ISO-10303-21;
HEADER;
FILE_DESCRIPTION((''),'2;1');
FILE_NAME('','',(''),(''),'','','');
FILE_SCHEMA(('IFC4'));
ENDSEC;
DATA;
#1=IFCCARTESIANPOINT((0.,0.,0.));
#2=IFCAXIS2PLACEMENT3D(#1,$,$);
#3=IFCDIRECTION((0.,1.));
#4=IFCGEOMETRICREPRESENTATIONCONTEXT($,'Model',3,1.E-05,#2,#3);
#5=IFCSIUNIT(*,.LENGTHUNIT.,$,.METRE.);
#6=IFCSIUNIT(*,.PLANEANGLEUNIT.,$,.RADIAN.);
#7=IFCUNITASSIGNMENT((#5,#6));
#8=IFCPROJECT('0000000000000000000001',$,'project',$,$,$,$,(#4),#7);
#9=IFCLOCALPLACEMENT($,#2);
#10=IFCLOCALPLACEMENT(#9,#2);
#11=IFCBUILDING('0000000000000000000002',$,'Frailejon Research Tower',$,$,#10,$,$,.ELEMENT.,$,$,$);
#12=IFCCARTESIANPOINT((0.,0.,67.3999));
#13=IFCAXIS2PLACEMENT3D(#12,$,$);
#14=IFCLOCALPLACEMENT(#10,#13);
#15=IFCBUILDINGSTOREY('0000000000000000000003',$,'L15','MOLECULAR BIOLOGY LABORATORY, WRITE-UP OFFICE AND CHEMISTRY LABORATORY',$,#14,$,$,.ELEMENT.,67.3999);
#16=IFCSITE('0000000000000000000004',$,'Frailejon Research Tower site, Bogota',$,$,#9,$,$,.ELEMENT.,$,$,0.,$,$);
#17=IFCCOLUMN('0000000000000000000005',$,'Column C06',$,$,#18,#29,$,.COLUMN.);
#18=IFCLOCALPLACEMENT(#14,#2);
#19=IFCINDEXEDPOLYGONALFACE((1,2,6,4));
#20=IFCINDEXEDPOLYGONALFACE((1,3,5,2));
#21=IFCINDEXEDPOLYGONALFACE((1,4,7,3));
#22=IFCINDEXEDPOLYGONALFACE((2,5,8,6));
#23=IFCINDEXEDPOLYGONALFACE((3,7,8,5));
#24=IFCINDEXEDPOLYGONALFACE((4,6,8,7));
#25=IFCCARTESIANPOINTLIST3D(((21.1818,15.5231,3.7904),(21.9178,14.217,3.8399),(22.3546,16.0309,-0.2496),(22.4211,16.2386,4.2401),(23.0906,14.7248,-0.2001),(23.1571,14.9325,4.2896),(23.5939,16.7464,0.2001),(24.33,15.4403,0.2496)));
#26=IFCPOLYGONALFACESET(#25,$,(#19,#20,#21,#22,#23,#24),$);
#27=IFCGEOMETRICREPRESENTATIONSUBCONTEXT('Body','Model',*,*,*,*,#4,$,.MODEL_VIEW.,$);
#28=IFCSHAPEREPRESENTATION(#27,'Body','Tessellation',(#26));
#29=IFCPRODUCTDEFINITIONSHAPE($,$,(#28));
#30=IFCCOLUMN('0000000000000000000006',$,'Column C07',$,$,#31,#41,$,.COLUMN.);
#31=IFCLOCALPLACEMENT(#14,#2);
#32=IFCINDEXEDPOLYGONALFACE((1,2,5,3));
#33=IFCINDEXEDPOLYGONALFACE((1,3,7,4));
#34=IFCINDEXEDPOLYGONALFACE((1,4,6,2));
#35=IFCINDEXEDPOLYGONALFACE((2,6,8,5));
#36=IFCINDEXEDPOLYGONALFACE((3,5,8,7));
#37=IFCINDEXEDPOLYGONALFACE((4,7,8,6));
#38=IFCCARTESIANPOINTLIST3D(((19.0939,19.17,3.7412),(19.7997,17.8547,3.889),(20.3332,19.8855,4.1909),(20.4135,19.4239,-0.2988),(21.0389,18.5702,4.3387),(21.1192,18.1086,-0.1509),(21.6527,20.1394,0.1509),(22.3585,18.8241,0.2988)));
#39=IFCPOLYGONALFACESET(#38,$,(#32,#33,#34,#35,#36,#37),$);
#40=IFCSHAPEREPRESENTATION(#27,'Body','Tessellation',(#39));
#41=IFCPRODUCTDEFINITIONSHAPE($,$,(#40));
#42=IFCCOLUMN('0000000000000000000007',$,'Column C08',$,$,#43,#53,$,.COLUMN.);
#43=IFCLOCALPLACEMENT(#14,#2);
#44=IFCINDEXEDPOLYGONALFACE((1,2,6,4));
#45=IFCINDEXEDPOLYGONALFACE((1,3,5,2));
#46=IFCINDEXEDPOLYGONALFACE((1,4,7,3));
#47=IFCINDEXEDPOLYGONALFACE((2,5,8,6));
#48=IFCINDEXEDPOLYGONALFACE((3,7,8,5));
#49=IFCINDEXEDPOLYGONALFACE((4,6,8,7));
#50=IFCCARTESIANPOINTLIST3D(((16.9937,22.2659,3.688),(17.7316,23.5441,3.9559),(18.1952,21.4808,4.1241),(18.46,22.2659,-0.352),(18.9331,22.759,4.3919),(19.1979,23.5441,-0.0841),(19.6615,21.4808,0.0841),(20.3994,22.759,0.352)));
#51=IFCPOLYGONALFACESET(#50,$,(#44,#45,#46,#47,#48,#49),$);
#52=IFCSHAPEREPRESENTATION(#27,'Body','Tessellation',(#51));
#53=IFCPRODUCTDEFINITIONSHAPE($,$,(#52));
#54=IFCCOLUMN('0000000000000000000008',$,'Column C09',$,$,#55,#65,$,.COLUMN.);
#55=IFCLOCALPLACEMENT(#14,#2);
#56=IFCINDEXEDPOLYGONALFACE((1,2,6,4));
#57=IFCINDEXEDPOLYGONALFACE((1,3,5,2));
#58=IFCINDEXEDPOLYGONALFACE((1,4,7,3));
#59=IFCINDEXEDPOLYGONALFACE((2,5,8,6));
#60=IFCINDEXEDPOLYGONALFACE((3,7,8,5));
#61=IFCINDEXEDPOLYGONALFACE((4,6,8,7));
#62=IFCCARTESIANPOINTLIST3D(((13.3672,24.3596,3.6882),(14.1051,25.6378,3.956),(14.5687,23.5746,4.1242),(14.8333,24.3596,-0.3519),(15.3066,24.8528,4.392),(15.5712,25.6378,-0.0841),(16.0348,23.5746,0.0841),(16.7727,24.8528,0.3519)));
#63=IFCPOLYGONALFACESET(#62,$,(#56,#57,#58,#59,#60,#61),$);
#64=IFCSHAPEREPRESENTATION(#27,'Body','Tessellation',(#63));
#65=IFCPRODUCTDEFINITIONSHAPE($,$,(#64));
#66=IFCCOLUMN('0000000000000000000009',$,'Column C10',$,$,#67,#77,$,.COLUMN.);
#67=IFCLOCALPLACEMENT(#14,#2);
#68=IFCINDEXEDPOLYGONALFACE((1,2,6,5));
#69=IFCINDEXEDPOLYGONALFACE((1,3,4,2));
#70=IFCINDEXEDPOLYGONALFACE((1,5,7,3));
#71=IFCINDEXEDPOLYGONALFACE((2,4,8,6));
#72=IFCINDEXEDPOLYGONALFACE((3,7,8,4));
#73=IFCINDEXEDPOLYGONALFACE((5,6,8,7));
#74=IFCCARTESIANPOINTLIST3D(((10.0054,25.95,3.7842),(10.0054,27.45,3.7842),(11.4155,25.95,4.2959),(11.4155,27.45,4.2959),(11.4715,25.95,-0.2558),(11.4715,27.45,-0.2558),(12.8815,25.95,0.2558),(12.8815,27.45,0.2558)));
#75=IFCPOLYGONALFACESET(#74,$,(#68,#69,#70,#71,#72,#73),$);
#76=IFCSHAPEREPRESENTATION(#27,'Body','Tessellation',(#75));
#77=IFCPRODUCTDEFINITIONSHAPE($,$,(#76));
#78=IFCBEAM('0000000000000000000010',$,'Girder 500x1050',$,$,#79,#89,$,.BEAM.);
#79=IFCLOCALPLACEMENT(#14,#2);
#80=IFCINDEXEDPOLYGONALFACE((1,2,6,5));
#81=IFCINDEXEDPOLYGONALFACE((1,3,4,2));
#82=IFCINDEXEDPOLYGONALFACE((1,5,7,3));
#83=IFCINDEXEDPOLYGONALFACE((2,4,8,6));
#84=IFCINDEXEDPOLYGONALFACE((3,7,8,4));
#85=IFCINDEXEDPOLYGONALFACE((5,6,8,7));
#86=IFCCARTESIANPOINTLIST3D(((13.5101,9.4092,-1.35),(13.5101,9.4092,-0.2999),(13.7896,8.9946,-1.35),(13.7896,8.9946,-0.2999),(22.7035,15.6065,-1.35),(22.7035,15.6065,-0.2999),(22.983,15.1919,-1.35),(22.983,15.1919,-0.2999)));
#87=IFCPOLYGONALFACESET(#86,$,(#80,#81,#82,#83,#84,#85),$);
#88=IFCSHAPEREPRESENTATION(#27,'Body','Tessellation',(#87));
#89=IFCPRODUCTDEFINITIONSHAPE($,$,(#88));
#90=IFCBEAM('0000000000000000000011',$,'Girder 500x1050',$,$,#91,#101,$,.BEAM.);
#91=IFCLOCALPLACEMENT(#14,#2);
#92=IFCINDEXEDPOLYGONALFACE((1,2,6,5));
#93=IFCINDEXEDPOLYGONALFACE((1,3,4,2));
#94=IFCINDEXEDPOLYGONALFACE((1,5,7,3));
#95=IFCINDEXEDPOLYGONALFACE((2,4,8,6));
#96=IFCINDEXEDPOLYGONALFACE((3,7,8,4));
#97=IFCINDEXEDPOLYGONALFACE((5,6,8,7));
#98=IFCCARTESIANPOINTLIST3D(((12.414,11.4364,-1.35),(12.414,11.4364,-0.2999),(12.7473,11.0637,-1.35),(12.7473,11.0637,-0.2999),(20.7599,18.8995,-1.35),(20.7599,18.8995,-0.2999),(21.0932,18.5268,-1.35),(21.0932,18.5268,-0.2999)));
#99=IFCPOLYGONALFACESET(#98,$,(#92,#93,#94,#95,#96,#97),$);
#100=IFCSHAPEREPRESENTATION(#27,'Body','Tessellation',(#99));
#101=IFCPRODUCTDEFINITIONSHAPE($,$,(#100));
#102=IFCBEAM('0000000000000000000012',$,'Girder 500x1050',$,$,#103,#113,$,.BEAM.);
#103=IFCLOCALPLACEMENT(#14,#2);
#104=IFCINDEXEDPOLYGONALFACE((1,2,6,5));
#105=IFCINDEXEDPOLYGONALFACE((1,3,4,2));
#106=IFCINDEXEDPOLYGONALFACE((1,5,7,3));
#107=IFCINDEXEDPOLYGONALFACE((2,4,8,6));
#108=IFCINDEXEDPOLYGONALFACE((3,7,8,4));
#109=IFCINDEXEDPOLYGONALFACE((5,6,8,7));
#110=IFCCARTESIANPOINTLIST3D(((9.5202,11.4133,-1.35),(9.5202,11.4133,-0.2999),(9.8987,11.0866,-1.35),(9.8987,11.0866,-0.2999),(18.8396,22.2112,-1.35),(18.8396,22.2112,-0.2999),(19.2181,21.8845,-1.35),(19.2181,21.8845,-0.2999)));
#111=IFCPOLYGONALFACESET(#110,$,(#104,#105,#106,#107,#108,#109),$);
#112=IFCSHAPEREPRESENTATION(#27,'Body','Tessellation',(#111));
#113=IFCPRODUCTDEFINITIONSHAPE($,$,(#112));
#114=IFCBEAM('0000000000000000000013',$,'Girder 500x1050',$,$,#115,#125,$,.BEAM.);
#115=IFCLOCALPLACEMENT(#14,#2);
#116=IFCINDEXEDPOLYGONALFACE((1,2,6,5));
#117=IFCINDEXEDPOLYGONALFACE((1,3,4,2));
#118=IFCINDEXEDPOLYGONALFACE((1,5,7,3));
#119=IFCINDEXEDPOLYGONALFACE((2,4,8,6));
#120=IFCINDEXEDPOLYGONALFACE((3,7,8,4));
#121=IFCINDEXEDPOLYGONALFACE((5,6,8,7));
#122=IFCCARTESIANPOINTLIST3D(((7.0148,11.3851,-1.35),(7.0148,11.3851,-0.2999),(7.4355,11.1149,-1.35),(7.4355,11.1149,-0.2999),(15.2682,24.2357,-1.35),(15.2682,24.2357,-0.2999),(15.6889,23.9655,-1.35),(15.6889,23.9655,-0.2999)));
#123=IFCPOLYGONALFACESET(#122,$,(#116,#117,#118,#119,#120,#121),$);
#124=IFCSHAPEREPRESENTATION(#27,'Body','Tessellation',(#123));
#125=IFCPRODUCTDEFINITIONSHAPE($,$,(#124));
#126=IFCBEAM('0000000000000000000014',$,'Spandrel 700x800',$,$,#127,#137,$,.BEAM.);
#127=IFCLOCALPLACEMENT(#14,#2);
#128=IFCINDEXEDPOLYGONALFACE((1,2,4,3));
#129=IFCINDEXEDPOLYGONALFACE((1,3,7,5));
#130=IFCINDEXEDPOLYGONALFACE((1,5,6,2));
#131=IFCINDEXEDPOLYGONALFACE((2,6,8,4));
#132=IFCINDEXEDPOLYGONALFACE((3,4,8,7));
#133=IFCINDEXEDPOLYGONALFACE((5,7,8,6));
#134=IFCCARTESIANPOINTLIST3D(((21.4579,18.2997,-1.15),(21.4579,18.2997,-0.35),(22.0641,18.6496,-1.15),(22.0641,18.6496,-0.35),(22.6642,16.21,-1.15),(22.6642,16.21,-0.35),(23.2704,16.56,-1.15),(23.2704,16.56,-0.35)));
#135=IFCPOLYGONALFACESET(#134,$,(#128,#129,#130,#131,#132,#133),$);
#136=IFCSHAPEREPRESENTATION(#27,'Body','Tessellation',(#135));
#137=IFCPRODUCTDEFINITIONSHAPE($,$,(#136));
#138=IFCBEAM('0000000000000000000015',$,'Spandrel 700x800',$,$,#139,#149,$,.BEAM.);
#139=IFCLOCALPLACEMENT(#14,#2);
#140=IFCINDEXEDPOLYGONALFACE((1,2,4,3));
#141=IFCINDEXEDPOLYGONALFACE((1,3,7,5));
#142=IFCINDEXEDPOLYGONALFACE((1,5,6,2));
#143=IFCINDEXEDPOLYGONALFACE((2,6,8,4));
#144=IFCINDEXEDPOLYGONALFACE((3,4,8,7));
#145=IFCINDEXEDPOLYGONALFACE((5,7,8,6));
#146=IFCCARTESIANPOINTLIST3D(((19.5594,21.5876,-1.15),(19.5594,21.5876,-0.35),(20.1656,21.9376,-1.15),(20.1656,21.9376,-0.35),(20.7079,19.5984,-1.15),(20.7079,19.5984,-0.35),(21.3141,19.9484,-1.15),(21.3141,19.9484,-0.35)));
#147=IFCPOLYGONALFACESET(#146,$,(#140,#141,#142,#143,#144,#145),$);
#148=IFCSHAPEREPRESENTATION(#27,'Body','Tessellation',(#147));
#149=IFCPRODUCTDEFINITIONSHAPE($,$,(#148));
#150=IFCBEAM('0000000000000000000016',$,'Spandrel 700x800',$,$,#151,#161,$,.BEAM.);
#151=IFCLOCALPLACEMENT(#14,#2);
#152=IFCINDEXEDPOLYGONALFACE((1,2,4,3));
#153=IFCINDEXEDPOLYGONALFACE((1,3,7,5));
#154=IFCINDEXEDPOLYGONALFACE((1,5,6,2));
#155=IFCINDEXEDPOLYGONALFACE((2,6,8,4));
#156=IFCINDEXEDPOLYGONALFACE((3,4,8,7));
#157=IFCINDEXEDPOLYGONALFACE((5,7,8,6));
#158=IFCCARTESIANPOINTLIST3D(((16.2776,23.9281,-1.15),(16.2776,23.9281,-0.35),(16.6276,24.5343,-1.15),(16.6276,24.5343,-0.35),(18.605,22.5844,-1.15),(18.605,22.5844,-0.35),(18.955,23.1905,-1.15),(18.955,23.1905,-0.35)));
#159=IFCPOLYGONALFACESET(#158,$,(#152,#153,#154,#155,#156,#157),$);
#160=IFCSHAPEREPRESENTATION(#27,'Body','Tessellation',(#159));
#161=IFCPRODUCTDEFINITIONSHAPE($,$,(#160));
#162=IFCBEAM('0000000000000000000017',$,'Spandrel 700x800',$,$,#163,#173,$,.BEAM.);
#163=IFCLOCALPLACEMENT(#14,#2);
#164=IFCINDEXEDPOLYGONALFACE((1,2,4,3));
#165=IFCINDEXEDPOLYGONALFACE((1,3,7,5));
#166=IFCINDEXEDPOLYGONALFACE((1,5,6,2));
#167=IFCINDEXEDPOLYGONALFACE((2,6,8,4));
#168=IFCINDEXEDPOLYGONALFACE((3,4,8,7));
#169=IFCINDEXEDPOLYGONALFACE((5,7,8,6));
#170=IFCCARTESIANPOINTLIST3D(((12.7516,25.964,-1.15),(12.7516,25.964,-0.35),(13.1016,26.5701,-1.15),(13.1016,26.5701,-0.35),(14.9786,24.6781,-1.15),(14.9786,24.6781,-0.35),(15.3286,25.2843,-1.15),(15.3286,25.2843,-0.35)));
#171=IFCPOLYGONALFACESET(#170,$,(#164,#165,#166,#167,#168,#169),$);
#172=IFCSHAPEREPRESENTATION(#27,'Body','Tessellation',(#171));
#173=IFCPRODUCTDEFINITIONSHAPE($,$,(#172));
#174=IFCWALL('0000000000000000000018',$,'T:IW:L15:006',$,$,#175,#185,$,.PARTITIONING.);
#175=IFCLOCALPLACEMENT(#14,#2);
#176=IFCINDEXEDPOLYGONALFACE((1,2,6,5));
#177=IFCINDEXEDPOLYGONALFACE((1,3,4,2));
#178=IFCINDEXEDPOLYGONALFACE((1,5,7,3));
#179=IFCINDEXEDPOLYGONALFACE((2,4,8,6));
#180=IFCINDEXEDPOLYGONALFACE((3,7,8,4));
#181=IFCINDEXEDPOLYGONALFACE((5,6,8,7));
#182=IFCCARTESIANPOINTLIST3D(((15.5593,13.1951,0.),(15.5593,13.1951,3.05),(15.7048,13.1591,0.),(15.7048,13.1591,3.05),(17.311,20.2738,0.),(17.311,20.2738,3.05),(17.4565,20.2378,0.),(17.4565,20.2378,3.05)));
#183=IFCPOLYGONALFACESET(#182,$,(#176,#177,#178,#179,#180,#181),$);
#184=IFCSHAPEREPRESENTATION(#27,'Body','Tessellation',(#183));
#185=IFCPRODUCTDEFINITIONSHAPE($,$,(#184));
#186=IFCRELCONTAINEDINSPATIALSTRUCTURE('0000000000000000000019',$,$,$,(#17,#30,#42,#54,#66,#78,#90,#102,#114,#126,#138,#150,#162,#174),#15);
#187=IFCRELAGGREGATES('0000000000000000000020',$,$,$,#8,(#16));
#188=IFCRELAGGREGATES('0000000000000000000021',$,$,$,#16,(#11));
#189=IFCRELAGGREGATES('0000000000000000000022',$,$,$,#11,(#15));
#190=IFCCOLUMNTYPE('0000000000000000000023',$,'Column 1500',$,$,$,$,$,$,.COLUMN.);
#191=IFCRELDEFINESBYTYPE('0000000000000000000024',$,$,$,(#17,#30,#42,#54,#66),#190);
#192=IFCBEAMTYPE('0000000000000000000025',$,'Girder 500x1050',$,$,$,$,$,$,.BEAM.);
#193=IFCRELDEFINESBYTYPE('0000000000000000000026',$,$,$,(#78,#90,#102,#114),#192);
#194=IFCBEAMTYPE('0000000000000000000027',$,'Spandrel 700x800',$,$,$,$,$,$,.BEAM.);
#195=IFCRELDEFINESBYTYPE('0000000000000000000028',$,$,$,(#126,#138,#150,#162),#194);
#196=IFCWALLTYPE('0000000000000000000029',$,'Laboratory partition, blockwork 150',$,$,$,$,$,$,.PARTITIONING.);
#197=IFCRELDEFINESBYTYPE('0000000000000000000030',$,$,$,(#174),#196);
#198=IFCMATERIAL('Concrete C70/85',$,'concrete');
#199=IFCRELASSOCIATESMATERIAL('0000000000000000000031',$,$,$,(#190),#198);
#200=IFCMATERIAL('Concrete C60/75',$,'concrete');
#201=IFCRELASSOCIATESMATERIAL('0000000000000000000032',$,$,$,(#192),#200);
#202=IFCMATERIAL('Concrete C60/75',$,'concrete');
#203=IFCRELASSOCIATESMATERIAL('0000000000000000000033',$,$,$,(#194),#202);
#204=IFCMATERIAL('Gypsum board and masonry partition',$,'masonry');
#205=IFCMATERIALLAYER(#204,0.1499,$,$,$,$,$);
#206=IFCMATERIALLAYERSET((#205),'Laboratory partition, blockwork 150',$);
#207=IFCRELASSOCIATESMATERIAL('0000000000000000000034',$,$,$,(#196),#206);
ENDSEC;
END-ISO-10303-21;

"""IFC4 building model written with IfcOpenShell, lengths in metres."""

from ifc_helpers import new_model, si_unit, direction, frame, frame_2d, origin, origin_2d, place, context, subcontext, project, spatial, rectangle, extrude, material, layer, layer_set, material_profile, profile_set, type_object, element, save


model = new_model("IFC4")

# Units and contexts
model_context = context("Model", 3, precision=1e-05, world=origin(), true_north=direction((0.0, 1.0)))
body_context = subcontext(model_context, "Body", "Model", "MODEL_VIEW")
ifc_project = project(units=[si_unit("LENGTHUNIT", "METRE"), si_unit("PLANEANGLEUNIT", "RADIAN")], contexts=[model_context])

# Site, building, storey
site_placement = place(None, origin())
site = spatial("IfcSite", under=ifc_project, at=site_placement, Name="Frailejon Research Tower site, Bogota", CompositionType="ELEMENT", RefElevation=0.0)
building_placement = place(site_placement, origin())
building = spatial("IfcBuilding", under=site, at=building_placement, Name="Frailejon Research Tower", CompositionType="ELEMENT")
storey_placement = place(building_placement, frame((0.0, 0.0, 67.3999)))
storey = spatial("IfcBuildingStorey", under=building, at=storey_placement, Name="L15", Description="MOLECULAR BIOLOGY LABORATORY, WRITE-UP OFFICE AND CHEMISTRY LABORATORY", CompositionType="ELEMENT", Elevation=67.3999)

# Columns
ifc_material_1 = material(Name="Concrete C70/85", Category="concrete")
ifc_material_profile_1 = material_profile(ifc_material_1, rectangle(XDim=1.5, YDim=1.5, at=origin_2d()), Name="Column 1500")
ifc_profile_set_1 = profile_set([ifc_material_profile_1], Name="Concrete C70/85")
column_type = type_object("IfcColumnType", Name="Column 1500", PredefinedType="COLUMN", material=ifc_profile_set_1)
column_1_placement = place(storey_placement, frame((23.3423, 15.7356, 0.0), z_axis=(-0.276787, -0.119841, 0.953429), x_axis=(-0.490682, 0.870713, -0.033004)))
element("IfcColumn", 1, at=column_1_placement, inside=storey, type_object=column_type, Name="Column C06", PredefinedType="COLUMN", context=body_context, shape_type="SweptSolid", body=[
    extrude(rectangle(XDim=1.5, YDim=1.5, at=origin_2d()), origin(), (0.0, 0.0, 1.0), 4.2373),
])
column_2_placement = place(storey_placement, frame((21.386, 19.124, 0.0), z_axis=(-0.309931, -0.059635, 0.948887), x_axis=(-0.470499, 0.876878, -0.098567)))
element("IfcColumn", 2, at=column_2_placement, inside=storey, type_object=column_type, Name="Column C07", PredefinedType="COLUMN", context=body_context, shape_type="SweptSolid", body=[
    extrude(rectangle(XDim=1.5, YDim=1.5, at=origin_2d()), origin(), (0.0, 0.0, 1.0), 4.2576),
])
for number, where, z_axis, x_axis, name in (
    (3, (19.4297, 22.5125, 0.0), (-0.341168, 0.0, 0.940002), (-0.800988, 0.523358, -0.290714), "Column C08"),
    (4, (15.803, 24.6062, 0.0), (-0.341118, 0.0, 0.94002), (-0.801003, 0.523358, -0.290671), "Column C09"),
    (5, (12.1765, 26.7, 0.0), (-0.341118, 0.0, 0.94002), (-0.94002, 0.0, -0.341118), "Column C10"),
):
    element("IfcColumn", number, at=place(storey_placement, frame(where, z_axis=z_axis, x_axis=x_axis)), inside=storey, type_object=column_type, Name=name, PredefinedType="COLUMN", context=body_context, shape_type="SweptSolid", body=[
        extrude(rectangle(XDim=1.5, YDim=1.5, at=origin_2d()), origin(), (0.0, 0.0, 1.0), 4.2979),
    ])

# Beams
ifc_material_2 = material(Name="Concrete C60/75", Category="concrete")
ifc_material_profile_2 = material_profile(ifc_material_2, rectangle(XDim=0.5, YDim=1.05, at=origin_2d()), Name="Girder 500x1050")
ifc_profile_set_2 = profile_set([ifc_material_profile_2], Name="Concrete C60/75")
beam_type_1 = type_object("IfcBeamType", Name="Girder 500x1050", PredefinedType="BEAM", material=ifc_profile_set_2)
beam_1_placement = place(storey_placement, frame((22.8433, 15.3992, -0.825), z_axis=(-0.829194, -0.558961, 0.0), x_axis=(0.558961, -0.829194, 0.0)))
element("IfcBeam", 6, at=beam_1_placement, inside=storey, type_object=beam_type_1, Name="Girder 500x1050", PredefinedType="BEAM", context=body_context, shape_type="SweptSolid", body=[
    extrude(rectangle(XDim=0.5, YDim=1.05, at=origin_2d()), origin(), (0.0, 0.0, 1.0), 11.0872),
])
beam_2_placement = place(storey_placement, frame((20.9265, 18.7131, -0.825), z_axis=(-0.745432, -0.666582, 0.0), x_axis=(0.666582, -0.745432, 0.0)))
element("IfcBeam", 7, at=beam_2_placement, inside=storey, type_object=beam_type_1, Name="Girder 500x1050", PredefinedType="BEAM", context=body_context, shape_type="SweptSolid", body=[
    extrude(rectangle(XDim=0.5, YDim=1.05, at=origin_2d()), origin(), (0.0, 0.0, 1.0), 11.196),
])
beam_3_placement = place(storey_placement, frame((19.0288, 22.0479, -0.825), z_axis=(-0.653376, -0.757034, 0.0), x_axis=(0.757034, -0.653376, 0.0)))
element("IfcBeam", 8, at=beam_3_placement, inside=storey, type_object=beam_type_1, Name="Girder 500x1050", PredefinedType="BEAM", context=body_context, shape_type="SweptSolid", body=[
    extrude(rectangle(XDim=0.5, YDim=1.05, at=origin_2d()), origin(), (0.0, 0.0, 1.0), 14.2634),
])
beam_4_placement = place(storey_placement, frame((15.4785, 24.1006, -0.825), z_axis=(-0.540402, -0.841407, 0.0), x_axis=(0.841407, -0.540402, 0.0)))
element("IfcBeam", 9, at=beam_4_placement, inside=storey, type_object=beam_type_1, Name="Girder 500x1050", PredefinedType="BEAM", context=body_context, shape_type="SweptSolid", body=[
    extrude(rectangle(XDim=0.5, YDim=1.05, at=origin_2d()), origin(), (0.0, 0.0, 1.0), 15.2727),
])
ifc_material_3 = material(Name="Concrete C60/75", Category="concrete")
ifc_material_profile_3 = material_profile(ifc_material_3, rectangle(XDim=0.7, YDim=0.8, at=origin_2d()), Name="Spandrel 700x800")
ifc_profile_set_3 = profile_set([ifc_material_profile_3], Name="Concrete C60/75")
beam_type_2 = type_object("IfcBeamType", Name="Spandrel 700x800", PredefinedType="BEAM", material=ifc_profile_set_3)
beam_5_placement = place(storey_placement, frame((22.9673, 16.385, -0.75), z_axis=(-0.499959, 0.866049, 0.0), x_axis=(-0.866049, -0.499959, 0.0)))
element("IfcBeam", 10, at=beam_5_placement, inside=storey, type_object=beam_type_2, Name="Spandrel 700x800", PredefinedType="BEAM", context=body_context, shape_type="SweptSolid", body=[
    extrude(rectangle(XDim=0.7, YDim=0.8, at=origin_2d()), origin(), (0.0, 0.0, 1.0), 2.4128),
])
beam_6_placement = place(storey_placement, frame((21.011, 19.7734, -0.75), z_axis=(-0.500026, 0.86601, 0.0), x_axis=(-0.86601, -0.500026, 0.0)))
element("IfcBeam", 11, at=beam_6_placement, inside=storey, type_object=beam_type_2, Name="Spandrel 700x800", PredefinedType="BEAM", context=body_context, shape_type="SweptSolid", body=[
    extrude(rectangle(XDim=0.7, YDim=0.8, at=origin_2d()), origin(), (0.0, 0.0, 1.0), 2.2969),
])
beam_7_placement = place(storey_placement, frame((18.78, 22.8875, -0.75), z_axis=(-0.866021, 0.500008, 0.0), x_axis=(-0.500008, -0.866021, 0.0)))
element("IfcBeam", 12, at=beam_7_placement, inside=storey, type_object=beam_type_2, Name="Spandrel 700x800", PredefinedType="BEAM", context=body_context, shape_type="SweptSolid", body=[
    extrude(rectangle(XDim=0.7, YDim=0.8, at=origin_2d()), origin(), (0.0, 0.0, 1.0), 2.6875),
])
beam_8_placement = place(storey_placement, frame((15.1536, 24.9812, -0.75), z_axis=(-0.866009, 0.500029, 0.0), x_axis=(-0.500029, -0.866009, 0.0)))
element("IfcBeam", 13, at=beam_8_placement, inside=storey, type_object=beam_type_2, Name="Spandrel 700x800", PredefinedType="BEAM", context=body_context, shape_type="SweptSolid", body=[
    extrude(rectangle(XDim=0.7, YDim=0.8, at=origin_2d()), origin(), (0.0, 0.0, 1.0), 2.5715),
])

# Wall
ifc_material_4 = material(Name="Gypsum board and masonry partition", Category="masonry")
ifc_layer_1 = layer(ifc_material_4, 0.1499)
ifc_layer_set_1 = layer_set([ifc_layer_1], Name="Laboratory partition, blockwork 150")
wall_type_1 = type_object("IfcWallType", Name="Laboratory partition, blockwork 150", PredefinedType="PARTITIONING", material=ifc_layer_set_1)
wall_1_placement = place(storey_placement, frame((15.6321, 13.1772, 0.0), z_axis=(0.0, 0.0, 1.0), x_axis=(0.240219, 0.970719, 0.0)))
element("IfcWall", 14, at=wall_1_placement, inside=storey, type_object=wall_type_1, Name="T:IW:L15:006", PredefinedType="PARTITIONING", context=body_context, shape_type="SweptSolid", body=[
    extrude(rectangle(XDim=7.2922, YDim=0.1499, at=frame_2d((3.646, 0.0))), origin(), (0.0, 0.0, 1.0), 3.05),
])

save(model, "model.ifc")
